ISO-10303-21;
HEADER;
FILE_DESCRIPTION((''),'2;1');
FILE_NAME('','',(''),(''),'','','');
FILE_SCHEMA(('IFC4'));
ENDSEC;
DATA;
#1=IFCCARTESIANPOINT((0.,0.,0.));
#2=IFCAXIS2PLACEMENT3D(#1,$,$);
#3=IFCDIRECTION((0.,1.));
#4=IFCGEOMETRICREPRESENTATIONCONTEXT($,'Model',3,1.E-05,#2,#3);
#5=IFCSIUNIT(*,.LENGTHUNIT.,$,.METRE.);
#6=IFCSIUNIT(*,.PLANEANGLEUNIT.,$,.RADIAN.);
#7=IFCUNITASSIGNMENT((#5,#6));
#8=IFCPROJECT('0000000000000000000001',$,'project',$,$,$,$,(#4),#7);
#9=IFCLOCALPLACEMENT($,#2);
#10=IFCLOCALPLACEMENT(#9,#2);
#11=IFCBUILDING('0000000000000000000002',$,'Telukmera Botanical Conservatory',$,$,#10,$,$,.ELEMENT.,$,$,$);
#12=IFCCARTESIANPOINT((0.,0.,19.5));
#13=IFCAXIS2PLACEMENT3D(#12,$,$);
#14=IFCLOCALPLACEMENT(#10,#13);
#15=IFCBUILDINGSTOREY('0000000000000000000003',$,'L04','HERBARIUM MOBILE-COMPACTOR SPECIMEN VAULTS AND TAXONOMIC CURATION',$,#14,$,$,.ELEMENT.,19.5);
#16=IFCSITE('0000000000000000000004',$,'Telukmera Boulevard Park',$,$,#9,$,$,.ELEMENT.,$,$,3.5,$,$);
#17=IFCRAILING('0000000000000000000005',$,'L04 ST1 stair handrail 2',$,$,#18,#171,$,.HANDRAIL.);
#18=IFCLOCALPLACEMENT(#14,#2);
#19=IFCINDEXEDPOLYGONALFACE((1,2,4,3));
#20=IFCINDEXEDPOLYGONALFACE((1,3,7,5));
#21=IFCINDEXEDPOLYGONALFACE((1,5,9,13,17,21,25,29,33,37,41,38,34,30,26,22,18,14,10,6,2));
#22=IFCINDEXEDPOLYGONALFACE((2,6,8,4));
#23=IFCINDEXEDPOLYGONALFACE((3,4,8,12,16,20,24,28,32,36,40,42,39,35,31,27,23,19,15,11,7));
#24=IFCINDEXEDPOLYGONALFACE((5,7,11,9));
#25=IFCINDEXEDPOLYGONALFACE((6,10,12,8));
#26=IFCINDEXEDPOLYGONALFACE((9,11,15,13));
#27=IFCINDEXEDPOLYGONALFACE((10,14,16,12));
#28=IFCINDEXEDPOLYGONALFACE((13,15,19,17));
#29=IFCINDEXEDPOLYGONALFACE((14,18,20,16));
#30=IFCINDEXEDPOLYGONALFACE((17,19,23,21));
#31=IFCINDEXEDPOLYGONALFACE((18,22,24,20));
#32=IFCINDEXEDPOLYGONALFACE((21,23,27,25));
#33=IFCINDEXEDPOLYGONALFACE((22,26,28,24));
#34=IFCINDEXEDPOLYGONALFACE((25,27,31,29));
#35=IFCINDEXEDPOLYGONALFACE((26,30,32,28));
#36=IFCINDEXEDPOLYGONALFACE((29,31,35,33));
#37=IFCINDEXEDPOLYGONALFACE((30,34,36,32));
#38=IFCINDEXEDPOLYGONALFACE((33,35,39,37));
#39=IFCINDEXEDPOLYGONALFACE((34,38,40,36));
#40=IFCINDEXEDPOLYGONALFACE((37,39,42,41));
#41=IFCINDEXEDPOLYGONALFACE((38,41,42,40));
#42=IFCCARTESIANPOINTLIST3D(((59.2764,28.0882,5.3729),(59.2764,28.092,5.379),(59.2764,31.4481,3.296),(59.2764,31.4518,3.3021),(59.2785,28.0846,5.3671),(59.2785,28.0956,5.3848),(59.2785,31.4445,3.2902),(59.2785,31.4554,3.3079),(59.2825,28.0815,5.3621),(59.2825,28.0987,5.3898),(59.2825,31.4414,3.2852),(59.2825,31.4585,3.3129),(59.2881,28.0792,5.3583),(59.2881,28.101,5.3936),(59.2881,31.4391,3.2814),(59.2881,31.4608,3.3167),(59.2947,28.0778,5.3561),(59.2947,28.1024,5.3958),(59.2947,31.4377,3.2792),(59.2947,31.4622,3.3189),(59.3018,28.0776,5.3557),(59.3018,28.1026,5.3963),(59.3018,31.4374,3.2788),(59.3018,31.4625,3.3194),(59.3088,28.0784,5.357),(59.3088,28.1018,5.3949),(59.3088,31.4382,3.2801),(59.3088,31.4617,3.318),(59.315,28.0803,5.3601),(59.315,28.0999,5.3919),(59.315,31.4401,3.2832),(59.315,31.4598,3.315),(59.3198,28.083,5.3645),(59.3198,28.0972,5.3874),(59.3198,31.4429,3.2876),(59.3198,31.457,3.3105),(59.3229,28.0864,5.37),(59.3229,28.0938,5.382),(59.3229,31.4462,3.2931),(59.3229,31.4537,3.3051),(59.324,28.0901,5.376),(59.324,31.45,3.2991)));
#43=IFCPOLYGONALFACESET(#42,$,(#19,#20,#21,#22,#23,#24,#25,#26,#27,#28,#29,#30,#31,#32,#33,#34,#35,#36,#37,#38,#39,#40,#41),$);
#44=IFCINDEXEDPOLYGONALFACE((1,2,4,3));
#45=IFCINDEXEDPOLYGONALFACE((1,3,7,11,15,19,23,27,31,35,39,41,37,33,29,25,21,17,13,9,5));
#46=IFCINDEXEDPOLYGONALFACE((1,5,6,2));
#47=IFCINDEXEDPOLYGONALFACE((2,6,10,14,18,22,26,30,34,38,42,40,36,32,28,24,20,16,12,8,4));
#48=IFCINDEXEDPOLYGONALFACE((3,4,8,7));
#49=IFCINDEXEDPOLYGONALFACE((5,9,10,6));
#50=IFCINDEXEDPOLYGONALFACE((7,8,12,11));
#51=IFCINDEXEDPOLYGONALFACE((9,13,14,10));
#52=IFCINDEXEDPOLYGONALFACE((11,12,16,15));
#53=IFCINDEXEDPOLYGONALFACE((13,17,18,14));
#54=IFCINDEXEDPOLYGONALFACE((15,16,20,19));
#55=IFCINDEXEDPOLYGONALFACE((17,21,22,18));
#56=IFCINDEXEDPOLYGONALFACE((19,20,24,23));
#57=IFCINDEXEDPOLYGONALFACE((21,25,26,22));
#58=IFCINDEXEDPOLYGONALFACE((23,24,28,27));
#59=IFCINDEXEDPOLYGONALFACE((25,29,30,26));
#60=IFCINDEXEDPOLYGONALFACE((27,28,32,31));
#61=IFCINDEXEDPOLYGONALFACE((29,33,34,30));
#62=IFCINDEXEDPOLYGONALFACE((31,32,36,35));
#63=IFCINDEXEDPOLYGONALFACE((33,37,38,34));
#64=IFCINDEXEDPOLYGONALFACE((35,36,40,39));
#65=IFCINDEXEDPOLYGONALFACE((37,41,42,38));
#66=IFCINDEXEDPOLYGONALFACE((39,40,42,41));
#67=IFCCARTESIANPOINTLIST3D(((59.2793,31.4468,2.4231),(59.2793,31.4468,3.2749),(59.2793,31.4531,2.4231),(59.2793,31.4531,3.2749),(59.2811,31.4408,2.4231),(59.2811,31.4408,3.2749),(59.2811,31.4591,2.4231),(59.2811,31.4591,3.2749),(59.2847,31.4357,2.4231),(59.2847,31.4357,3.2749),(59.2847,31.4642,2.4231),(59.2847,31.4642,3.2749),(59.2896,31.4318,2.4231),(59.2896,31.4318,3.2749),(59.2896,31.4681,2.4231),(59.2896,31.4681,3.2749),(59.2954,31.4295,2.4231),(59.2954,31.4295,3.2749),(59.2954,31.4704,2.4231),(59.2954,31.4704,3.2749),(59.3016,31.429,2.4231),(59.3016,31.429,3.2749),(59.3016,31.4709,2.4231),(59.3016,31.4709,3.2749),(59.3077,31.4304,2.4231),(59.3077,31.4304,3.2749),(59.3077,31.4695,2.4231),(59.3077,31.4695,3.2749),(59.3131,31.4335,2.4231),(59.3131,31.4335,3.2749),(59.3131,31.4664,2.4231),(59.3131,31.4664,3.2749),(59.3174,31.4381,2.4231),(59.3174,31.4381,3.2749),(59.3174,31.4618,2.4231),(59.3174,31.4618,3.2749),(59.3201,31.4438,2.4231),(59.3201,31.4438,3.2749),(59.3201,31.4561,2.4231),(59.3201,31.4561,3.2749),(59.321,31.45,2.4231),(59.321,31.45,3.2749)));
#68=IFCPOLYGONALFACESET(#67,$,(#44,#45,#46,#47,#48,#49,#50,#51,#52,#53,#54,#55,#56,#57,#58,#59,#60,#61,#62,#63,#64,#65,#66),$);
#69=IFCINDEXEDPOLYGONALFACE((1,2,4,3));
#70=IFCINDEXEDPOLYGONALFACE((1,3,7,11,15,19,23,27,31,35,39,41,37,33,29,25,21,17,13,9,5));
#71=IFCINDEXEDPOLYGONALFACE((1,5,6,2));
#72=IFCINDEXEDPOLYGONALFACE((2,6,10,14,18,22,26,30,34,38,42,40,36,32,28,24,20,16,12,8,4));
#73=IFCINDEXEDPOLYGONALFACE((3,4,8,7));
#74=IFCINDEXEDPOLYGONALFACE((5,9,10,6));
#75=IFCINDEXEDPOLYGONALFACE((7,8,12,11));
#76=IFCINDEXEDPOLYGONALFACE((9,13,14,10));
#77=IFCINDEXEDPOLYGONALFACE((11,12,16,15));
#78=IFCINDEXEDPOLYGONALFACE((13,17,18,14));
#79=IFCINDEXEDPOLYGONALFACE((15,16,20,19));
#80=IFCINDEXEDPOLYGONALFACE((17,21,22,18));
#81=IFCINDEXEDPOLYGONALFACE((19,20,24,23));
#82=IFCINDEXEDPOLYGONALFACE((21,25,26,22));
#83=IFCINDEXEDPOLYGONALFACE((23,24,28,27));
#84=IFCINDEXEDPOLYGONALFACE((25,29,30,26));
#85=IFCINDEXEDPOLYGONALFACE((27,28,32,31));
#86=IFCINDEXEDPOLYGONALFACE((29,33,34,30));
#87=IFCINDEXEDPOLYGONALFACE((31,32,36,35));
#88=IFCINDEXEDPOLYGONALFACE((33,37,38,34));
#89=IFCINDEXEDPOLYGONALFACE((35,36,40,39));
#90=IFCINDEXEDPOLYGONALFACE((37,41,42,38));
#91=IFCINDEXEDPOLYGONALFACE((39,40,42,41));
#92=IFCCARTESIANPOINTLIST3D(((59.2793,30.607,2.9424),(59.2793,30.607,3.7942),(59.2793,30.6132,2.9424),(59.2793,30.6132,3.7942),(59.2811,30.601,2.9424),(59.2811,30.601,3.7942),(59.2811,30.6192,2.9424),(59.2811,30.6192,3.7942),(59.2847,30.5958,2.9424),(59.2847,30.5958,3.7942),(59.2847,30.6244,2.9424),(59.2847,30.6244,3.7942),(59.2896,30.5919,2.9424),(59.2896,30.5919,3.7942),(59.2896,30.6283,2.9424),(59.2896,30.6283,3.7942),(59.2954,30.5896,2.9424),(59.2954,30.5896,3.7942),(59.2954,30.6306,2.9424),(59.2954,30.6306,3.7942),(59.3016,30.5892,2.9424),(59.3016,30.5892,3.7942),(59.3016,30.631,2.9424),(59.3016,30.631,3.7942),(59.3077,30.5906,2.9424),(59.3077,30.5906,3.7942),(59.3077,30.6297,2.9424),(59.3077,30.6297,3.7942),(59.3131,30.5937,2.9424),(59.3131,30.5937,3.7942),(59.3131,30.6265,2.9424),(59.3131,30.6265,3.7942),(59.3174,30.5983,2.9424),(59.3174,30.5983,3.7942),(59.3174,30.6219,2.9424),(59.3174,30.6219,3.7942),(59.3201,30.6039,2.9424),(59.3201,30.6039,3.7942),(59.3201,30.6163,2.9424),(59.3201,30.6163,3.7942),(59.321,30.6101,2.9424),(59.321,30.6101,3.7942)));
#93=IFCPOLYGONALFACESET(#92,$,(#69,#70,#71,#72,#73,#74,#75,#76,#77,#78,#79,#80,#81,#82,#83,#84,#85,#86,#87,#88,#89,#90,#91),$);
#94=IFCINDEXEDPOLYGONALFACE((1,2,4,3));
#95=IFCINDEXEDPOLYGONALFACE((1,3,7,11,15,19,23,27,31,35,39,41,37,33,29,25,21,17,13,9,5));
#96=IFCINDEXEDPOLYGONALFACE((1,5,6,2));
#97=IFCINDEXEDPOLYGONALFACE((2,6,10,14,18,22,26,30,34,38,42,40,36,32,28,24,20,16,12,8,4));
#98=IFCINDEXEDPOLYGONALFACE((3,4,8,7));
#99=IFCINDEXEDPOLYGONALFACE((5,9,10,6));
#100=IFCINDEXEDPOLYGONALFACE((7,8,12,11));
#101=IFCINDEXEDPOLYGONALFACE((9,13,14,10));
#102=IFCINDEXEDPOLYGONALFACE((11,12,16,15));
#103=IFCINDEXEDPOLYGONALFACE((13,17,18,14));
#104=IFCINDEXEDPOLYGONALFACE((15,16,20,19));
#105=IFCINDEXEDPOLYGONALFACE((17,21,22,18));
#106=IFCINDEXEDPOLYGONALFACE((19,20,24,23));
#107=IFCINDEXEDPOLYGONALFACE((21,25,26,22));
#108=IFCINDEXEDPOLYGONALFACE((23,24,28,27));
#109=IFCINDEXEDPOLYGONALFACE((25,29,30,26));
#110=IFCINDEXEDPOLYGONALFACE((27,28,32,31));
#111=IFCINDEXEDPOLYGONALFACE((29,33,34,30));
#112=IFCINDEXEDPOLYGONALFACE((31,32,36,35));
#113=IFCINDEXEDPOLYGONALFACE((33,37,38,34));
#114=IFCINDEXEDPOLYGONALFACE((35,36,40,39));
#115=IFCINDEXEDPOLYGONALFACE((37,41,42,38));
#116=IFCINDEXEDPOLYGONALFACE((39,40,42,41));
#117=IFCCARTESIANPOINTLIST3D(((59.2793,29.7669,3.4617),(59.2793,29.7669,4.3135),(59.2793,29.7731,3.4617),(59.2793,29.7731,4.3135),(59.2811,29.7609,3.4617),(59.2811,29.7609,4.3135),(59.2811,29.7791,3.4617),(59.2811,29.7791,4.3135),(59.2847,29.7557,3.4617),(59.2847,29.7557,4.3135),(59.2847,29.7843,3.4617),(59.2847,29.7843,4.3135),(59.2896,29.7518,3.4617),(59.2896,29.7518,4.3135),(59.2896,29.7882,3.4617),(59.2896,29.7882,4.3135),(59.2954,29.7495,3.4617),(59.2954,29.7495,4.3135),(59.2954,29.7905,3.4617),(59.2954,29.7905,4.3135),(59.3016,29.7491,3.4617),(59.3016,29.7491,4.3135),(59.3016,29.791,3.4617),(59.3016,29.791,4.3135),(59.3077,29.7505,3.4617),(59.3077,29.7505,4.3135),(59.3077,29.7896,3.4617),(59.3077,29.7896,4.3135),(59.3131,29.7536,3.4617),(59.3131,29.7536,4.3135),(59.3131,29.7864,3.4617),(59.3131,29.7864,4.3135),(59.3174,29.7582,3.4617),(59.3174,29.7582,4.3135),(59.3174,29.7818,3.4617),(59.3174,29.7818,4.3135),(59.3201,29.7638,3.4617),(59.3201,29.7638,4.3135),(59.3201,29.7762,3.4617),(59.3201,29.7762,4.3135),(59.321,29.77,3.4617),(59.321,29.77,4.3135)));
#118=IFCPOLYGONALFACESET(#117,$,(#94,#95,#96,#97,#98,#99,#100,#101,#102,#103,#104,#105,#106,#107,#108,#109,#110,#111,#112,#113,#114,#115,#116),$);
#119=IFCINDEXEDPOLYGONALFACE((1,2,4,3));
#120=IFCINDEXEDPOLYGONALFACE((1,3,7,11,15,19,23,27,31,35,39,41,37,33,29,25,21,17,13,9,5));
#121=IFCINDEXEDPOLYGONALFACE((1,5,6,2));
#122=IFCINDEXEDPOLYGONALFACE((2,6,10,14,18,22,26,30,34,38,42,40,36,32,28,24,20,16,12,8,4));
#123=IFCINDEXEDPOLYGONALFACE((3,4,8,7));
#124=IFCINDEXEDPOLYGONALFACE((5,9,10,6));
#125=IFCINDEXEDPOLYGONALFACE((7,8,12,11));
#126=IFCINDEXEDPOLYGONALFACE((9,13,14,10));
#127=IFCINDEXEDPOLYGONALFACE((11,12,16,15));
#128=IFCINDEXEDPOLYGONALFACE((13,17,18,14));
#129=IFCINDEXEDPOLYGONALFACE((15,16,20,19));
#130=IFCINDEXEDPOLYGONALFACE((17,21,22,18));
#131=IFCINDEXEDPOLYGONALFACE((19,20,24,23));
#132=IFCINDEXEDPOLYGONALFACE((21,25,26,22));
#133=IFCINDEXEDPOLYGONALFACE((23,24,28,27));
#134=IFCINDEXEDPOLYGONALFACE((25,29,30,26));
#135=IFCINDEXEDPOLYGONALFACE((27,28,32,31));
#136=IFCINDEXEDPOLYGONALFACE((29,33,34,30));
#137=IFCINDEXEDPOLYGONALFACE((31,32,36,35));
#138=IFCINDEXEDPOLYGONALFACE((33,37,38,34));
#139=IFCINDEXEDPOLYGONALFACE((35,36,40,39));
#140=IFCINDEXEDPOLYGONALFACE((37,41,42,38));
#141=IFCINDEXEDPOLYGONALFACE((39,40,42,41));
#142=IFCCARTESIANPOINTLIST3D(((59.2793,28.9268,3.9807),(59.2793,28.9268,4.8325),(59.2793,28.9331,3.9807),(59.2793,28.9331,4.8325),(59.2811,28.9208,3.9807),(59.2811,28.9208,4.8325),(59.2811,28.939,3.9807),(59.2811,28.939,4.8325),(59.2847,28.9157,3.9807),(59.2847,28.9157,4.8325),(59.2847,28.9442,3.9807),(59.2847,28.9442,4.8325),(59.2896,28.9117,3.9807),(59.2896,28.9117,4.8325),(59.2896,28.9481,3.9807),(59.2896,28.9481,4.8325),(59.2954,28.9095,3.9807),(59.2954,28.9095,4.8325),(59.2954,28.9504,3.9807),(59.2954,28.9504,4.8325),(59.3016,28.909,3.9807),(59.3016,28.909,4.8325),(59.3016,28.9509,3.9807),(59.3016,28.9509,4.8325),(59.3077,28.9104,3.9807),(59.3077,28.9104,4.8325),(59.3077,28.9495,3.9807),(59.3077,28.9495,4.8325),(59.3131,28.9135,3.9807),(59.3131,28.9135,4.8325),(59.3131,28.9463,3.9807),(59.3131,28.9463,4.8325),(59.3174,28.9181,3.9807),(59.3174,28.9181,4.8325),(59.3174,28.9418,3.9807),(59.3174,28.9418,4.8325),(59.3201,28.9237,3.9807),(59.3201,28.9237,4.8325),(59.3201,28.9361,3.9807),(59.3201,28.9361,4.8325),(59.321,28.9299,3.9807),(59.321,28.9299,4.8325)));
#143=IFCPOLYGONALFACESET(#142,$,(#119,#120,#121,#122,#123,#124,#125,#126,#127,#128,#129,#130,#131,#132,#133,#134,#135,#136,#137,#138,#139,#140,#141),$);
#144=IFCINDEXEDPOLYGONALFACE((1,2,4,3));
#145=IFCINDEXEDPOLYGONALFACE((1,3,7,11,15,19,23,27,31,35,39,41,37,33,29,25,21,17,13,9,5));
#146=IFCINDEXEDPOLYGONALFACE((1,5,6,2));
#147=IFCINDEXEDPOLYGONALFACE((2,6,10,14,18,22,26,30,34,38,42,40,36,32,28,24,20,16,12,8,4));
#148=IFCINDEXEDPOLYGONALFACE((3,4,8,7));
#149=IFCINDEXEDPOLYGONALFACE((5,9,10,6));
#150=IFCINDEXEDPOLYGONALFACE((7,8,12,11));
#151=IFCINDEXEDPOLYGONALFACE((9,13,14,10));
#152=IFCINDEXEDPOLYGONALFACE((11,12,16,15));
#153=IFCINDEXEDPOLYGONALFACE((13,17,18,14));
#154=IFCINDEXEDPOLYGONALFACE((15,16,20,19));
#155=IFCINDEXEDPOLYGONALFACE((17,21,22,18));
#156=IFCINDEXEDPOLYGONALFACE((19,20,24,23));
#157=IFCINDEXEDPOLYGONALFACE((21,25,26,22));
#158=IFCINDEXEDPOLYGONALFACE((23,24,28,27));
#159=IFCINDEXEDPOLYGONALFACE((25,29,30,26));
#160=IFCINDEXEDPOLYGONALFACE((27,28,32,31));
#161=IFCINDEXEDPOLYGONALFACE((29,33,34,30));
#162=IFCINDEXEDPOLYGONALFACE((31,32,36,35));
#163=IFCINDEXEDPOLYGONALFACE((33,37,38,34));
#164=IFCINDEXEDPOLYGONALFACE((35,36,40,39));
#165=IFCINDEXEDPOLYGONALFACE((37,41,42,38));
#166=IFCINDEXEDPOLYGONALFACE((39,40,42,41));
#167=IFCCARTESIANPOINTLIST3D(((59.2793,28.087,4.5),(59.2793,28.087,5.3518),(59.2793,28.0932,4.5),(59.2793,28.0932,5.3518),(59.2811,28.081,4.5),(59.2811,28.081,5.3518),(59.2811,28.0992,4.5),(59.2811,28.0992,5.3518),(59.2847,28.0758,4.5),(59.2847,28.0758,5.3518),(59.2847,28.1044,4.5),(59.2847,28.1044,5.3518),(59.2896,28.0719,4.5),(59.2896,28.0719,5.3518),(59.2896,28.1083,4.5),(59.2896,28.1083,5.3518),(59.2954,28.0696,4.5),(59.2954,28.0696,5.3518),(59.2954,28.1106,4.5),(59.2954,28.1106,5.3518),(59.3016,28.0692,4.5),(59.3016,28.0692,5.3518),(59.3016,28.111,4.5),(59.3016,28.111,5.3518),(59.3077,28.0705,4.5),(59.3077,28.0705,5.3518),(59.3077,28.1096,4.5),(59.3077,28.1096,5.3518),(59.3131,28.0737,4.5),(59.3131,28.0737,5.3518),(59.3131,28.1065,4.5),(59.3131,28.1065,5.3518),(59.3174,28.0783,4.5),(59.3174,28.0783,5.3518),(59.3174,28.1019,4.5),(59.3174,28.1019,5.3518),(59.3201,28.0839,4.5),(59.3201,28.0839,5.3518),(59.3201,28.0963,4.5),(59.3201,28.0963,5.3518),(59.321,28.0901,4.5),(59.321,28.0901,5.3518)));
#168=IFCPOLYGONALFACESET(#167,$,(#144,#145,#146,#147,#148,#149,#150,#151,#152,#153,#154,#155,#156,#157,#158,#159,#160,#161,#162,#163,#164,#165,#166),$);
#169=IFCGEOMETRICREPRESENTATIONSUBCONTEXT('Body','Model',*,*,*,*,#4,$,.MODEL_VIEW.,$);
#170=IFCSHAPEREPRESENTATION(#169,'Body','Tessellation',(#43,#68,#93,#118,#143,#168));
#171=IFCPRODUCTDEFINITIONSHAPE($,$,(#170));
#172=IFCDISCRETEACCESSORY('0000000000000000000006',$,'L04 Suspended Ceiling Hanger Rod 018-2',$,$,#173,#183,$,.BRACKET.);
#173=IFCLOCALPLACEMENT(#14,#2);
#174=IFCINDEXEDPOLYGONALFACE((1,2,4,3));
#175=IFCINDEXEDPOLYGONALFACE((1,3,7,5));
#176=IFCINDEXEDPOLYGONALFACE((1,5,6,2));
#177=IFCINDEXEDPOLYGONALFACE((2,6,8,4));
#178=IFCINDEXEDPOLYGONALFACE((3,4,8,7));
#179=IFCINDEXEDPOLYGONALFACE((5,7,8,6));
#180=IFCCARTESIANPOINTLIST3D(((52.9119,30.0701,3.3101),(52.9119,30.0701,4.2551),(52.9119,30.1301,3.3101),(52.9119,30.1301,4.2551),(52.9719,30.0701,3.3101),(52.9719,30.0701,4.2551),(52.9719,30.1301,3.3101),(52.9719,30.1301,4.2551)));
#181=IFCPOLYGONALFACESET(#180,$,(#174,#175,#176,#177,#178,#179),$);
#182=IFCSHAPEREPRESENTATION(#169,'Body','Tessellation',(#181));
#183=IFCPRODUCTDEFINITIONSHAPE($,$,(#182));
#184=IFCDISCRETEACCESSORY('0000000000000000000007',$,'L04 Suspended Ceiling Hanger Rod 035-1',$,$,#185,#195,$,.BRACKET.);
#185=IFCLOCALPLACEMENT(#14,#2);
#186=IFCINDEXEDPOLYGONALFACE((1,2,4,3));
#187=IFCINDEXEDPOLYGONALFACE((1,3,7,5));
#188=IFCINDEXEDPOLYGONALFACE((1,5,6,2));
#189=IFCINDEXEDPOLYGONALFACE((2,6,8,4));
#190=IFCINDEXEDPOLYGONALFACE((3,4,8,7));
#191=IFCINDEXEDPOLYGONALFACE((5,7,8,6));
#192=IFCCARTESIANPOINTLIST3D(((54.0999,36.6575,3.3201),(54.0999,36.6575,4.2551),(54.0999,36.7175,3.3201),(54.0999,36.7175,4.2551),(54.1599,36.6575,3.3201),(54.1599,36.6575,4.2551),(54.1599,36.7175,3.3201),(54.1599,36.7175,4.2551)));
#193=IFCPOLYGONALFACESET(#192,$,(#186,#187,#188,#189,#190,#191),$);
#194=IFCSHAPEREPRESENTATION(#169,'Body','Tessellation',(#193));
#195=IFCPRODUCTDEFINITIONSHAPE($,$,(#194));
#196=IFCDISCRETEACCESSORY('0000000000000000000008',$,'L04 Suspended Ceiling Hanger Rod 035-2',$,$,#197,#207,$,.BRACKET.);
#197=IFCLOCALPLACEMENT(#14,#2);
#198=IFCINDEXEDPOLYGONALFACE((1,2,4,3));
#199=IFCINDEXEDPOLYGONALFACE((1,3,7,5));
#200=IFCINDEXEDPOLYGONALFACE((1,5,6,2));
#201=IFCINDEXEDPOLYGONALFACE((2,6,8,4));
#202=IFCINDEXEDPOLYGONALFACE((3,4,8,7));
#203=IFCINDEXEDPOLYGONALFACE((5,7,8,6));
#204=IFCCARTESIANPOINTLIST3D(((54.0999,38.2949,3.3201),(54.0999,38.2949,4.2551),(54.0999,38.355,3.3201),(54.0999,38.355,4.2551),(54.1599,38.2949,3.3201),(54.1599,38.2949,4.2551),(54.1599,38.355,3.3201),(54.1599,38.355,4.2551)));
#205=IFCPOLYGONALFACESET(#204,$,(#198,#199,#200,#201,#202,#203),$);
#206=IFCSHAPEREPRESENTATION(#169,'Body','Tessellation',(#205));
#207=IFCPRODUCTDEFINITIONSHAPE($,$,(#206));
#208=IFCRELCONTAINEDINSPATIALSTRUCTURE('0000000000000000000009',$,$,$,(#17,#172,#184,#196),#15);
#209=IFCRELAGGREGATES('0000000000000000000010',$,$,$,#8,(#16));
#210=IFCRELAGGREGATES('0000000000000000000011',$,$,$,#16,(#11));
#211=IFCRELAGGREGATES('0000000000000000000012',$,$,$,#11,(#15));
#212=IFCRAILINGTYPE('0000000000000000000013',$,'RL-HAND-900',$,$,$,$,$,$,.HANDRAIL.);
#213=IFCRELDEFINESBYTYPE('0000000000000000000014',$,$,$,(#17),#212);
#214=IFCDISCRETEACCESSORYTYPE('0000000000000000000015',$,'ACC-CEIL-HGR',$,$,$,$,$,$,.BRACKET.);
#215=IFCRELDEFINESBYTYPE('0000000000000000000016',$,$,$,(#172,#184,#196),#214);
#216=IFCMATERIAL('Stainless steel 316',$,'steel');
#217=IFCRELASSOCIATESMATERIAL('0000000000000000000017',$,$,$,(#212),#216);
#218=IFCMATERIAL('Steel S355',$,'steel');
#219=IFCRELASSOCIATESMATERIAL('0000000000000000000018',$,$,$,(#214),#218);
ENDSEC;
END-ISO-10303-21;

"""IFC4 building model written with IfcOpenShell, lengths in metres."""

from ifc_helpers import new_model, si_unit, direction, frame, origin, origin_2d, place, context, subcontext, project, spatial, rectangle, circle, extrude, material, type_object, element, save


model = new_model("IFC4")

# Units and contexts
model_context = context("Model", 3, precision=1e-05, world=origin(), true_north=direction((0.0, 1.0)))
body_context = subcontext(model_context, "Body", "Model", "MODEL_VIEW")
ifc_project = project(units=[si_unit("LENGTHUNIT", "METRE"), si_unit("PLANEANGLEUNIT", "RADIAN")], contexts=[model_context])

# Site, building, storey
site_placement = place(None, origin())
site = spatial("IfcSite", under=ifc_project, at=site_placement, Name="Telukmera Boulevard Park", CompositionType="ELEMENT", RefElevation=3.5)
building_placement = place(site_placement, origin())
building = spatial("IfcBuilding", under=site, at=building_placement, Name="Telukmera Botanical Conservatory", CompositionType="ELEMENT")
storey_placement = place(building_placement, frame((0.0, 0.0, 19.5)))
storey = spatial("IfcBuildingStorey", under=building, at=storey_placement, Name="L04", Description="HERBARIUM MOBILE-COMPACTOR SPECIMEN VAULTS AND TAXONOMIC CURATION", CompositionType="ELEMENT", Elevation=19.5)

# Railing
ifc_material_1 = material(Name="Steel S355", Category="steel")
ifc_material_2 = material(Name="Stainless steel 316", Category="steel")
railing_type_1 = type_object("IfcRailingType", Name="RL-HAND-900", PredefinedType="HANDRAIL", material=ifc_material_2)
railing_1_placement = place(storey_placement, frame((59.3, 31.45, 2.4231)))
element("IfcRailing", 1, at=railing_1_placement, inside=storey, type_object=railing_type_1, Name="L04 ST1 stair handrail 2", PredefinedType="HANDRAIL", context=body_context, shape_type="SweptSolid", body=[
    extrude(circle(Radius=0.0239, at=origin_2d()), frame((0.0, 0.0, 0.876), z_axis=(0.0, -0.850606, 0.525803), x_axis=(1.0, 0.0, 0.0)), (0.0, 0.0, 1.0), 3.95),
    extrude(circle(Radius=0.021, at=origin_2d()), origin(), (0.0, 0.0, 1.0), 0.8518),
    extrude(circle(Radius=0.021, at=origin_2d()), frame((0.0, -0.8398, 0.5193)), (0.0, 0.0, 1.0), 0.8518),
    extrude(circle(Radius=0.021, at=origin_2d()), frame((0.0, -1.6799, 1.0386)), (0.0, 0.0, 1.0), 0.8518),
    extrude(circle(Radius=0.021, at=origin_2d()), frame((0.0, -2.52, 1.5576)), (0.0, 0.0, 1.0), 0.8518),
    extrude(circle(Radius=0.021, at=origin_2d()), frame((0.0, -3.3599, 2.0769)), (0.0, 0.0, 1.0), 0.8518),
])

# Discrete accessories
discrete_accessory_type = type_object("IfcDiscreteAccessoryType", Name="ACC-CEIL-HGR", PredefinedType="BRACKET", material=ifc_material_1)
discrete_accessory_placement = place(storey_placement, frame((52.9419, 30.1001, 3.3101), z_axis=(0.0, 0.0, 1.0), x_axis=(1.0, 0.0, 0.0)))
element("IfcDiscreteAccessory", 2, at=discrete_accessory_placement, inside=storey, type_object=discrete_accessory_type, Name="L04 Suspended Ceiling Hanger Rod 018-2", PredefinedType="BRACKET", context=body_context, shape_type="SweptSolid", body=[
    extrude(rectangle(XDim=0.0601, YDim=0.0601, at=origin_2d()), origin(), (0.0, 0.0, 1.0), 0.9451),
])
for number, where, z_axis, x_axis, name in (
    (3, (54.1299, 36.6875, 3.3201), (0.0, 0.0, 1.0), (1.0, 0.0, 0.0), "L04 Suspended Ceiling Hanger Rod 035-1"),
    (4, (54.1299, 38.325, 3.3201), (0.0, 0.0, 1.0), (1.0, 0.0, 0.0), "L04 Suspended Ceiling Hanger Rod 035-2"),
):
    element("IfcDiscreteAccessory", number, at=place(storey_placement, frame(where, z_axis=z_axis, x_axis=x_axis)), inside=storey, type_object=discrete_accessory_type, Name=name, PredefinedType="BRACKET", context=body_context, shape_type="SweptSolid", body=[
        extrude(rectangle(XDim=0.0601, YDim=0.0601, at=origin_2d()), origin(), (0.0, 0.0, 1.0), 0.9351),
    ])

save(model, "model.ifc")
